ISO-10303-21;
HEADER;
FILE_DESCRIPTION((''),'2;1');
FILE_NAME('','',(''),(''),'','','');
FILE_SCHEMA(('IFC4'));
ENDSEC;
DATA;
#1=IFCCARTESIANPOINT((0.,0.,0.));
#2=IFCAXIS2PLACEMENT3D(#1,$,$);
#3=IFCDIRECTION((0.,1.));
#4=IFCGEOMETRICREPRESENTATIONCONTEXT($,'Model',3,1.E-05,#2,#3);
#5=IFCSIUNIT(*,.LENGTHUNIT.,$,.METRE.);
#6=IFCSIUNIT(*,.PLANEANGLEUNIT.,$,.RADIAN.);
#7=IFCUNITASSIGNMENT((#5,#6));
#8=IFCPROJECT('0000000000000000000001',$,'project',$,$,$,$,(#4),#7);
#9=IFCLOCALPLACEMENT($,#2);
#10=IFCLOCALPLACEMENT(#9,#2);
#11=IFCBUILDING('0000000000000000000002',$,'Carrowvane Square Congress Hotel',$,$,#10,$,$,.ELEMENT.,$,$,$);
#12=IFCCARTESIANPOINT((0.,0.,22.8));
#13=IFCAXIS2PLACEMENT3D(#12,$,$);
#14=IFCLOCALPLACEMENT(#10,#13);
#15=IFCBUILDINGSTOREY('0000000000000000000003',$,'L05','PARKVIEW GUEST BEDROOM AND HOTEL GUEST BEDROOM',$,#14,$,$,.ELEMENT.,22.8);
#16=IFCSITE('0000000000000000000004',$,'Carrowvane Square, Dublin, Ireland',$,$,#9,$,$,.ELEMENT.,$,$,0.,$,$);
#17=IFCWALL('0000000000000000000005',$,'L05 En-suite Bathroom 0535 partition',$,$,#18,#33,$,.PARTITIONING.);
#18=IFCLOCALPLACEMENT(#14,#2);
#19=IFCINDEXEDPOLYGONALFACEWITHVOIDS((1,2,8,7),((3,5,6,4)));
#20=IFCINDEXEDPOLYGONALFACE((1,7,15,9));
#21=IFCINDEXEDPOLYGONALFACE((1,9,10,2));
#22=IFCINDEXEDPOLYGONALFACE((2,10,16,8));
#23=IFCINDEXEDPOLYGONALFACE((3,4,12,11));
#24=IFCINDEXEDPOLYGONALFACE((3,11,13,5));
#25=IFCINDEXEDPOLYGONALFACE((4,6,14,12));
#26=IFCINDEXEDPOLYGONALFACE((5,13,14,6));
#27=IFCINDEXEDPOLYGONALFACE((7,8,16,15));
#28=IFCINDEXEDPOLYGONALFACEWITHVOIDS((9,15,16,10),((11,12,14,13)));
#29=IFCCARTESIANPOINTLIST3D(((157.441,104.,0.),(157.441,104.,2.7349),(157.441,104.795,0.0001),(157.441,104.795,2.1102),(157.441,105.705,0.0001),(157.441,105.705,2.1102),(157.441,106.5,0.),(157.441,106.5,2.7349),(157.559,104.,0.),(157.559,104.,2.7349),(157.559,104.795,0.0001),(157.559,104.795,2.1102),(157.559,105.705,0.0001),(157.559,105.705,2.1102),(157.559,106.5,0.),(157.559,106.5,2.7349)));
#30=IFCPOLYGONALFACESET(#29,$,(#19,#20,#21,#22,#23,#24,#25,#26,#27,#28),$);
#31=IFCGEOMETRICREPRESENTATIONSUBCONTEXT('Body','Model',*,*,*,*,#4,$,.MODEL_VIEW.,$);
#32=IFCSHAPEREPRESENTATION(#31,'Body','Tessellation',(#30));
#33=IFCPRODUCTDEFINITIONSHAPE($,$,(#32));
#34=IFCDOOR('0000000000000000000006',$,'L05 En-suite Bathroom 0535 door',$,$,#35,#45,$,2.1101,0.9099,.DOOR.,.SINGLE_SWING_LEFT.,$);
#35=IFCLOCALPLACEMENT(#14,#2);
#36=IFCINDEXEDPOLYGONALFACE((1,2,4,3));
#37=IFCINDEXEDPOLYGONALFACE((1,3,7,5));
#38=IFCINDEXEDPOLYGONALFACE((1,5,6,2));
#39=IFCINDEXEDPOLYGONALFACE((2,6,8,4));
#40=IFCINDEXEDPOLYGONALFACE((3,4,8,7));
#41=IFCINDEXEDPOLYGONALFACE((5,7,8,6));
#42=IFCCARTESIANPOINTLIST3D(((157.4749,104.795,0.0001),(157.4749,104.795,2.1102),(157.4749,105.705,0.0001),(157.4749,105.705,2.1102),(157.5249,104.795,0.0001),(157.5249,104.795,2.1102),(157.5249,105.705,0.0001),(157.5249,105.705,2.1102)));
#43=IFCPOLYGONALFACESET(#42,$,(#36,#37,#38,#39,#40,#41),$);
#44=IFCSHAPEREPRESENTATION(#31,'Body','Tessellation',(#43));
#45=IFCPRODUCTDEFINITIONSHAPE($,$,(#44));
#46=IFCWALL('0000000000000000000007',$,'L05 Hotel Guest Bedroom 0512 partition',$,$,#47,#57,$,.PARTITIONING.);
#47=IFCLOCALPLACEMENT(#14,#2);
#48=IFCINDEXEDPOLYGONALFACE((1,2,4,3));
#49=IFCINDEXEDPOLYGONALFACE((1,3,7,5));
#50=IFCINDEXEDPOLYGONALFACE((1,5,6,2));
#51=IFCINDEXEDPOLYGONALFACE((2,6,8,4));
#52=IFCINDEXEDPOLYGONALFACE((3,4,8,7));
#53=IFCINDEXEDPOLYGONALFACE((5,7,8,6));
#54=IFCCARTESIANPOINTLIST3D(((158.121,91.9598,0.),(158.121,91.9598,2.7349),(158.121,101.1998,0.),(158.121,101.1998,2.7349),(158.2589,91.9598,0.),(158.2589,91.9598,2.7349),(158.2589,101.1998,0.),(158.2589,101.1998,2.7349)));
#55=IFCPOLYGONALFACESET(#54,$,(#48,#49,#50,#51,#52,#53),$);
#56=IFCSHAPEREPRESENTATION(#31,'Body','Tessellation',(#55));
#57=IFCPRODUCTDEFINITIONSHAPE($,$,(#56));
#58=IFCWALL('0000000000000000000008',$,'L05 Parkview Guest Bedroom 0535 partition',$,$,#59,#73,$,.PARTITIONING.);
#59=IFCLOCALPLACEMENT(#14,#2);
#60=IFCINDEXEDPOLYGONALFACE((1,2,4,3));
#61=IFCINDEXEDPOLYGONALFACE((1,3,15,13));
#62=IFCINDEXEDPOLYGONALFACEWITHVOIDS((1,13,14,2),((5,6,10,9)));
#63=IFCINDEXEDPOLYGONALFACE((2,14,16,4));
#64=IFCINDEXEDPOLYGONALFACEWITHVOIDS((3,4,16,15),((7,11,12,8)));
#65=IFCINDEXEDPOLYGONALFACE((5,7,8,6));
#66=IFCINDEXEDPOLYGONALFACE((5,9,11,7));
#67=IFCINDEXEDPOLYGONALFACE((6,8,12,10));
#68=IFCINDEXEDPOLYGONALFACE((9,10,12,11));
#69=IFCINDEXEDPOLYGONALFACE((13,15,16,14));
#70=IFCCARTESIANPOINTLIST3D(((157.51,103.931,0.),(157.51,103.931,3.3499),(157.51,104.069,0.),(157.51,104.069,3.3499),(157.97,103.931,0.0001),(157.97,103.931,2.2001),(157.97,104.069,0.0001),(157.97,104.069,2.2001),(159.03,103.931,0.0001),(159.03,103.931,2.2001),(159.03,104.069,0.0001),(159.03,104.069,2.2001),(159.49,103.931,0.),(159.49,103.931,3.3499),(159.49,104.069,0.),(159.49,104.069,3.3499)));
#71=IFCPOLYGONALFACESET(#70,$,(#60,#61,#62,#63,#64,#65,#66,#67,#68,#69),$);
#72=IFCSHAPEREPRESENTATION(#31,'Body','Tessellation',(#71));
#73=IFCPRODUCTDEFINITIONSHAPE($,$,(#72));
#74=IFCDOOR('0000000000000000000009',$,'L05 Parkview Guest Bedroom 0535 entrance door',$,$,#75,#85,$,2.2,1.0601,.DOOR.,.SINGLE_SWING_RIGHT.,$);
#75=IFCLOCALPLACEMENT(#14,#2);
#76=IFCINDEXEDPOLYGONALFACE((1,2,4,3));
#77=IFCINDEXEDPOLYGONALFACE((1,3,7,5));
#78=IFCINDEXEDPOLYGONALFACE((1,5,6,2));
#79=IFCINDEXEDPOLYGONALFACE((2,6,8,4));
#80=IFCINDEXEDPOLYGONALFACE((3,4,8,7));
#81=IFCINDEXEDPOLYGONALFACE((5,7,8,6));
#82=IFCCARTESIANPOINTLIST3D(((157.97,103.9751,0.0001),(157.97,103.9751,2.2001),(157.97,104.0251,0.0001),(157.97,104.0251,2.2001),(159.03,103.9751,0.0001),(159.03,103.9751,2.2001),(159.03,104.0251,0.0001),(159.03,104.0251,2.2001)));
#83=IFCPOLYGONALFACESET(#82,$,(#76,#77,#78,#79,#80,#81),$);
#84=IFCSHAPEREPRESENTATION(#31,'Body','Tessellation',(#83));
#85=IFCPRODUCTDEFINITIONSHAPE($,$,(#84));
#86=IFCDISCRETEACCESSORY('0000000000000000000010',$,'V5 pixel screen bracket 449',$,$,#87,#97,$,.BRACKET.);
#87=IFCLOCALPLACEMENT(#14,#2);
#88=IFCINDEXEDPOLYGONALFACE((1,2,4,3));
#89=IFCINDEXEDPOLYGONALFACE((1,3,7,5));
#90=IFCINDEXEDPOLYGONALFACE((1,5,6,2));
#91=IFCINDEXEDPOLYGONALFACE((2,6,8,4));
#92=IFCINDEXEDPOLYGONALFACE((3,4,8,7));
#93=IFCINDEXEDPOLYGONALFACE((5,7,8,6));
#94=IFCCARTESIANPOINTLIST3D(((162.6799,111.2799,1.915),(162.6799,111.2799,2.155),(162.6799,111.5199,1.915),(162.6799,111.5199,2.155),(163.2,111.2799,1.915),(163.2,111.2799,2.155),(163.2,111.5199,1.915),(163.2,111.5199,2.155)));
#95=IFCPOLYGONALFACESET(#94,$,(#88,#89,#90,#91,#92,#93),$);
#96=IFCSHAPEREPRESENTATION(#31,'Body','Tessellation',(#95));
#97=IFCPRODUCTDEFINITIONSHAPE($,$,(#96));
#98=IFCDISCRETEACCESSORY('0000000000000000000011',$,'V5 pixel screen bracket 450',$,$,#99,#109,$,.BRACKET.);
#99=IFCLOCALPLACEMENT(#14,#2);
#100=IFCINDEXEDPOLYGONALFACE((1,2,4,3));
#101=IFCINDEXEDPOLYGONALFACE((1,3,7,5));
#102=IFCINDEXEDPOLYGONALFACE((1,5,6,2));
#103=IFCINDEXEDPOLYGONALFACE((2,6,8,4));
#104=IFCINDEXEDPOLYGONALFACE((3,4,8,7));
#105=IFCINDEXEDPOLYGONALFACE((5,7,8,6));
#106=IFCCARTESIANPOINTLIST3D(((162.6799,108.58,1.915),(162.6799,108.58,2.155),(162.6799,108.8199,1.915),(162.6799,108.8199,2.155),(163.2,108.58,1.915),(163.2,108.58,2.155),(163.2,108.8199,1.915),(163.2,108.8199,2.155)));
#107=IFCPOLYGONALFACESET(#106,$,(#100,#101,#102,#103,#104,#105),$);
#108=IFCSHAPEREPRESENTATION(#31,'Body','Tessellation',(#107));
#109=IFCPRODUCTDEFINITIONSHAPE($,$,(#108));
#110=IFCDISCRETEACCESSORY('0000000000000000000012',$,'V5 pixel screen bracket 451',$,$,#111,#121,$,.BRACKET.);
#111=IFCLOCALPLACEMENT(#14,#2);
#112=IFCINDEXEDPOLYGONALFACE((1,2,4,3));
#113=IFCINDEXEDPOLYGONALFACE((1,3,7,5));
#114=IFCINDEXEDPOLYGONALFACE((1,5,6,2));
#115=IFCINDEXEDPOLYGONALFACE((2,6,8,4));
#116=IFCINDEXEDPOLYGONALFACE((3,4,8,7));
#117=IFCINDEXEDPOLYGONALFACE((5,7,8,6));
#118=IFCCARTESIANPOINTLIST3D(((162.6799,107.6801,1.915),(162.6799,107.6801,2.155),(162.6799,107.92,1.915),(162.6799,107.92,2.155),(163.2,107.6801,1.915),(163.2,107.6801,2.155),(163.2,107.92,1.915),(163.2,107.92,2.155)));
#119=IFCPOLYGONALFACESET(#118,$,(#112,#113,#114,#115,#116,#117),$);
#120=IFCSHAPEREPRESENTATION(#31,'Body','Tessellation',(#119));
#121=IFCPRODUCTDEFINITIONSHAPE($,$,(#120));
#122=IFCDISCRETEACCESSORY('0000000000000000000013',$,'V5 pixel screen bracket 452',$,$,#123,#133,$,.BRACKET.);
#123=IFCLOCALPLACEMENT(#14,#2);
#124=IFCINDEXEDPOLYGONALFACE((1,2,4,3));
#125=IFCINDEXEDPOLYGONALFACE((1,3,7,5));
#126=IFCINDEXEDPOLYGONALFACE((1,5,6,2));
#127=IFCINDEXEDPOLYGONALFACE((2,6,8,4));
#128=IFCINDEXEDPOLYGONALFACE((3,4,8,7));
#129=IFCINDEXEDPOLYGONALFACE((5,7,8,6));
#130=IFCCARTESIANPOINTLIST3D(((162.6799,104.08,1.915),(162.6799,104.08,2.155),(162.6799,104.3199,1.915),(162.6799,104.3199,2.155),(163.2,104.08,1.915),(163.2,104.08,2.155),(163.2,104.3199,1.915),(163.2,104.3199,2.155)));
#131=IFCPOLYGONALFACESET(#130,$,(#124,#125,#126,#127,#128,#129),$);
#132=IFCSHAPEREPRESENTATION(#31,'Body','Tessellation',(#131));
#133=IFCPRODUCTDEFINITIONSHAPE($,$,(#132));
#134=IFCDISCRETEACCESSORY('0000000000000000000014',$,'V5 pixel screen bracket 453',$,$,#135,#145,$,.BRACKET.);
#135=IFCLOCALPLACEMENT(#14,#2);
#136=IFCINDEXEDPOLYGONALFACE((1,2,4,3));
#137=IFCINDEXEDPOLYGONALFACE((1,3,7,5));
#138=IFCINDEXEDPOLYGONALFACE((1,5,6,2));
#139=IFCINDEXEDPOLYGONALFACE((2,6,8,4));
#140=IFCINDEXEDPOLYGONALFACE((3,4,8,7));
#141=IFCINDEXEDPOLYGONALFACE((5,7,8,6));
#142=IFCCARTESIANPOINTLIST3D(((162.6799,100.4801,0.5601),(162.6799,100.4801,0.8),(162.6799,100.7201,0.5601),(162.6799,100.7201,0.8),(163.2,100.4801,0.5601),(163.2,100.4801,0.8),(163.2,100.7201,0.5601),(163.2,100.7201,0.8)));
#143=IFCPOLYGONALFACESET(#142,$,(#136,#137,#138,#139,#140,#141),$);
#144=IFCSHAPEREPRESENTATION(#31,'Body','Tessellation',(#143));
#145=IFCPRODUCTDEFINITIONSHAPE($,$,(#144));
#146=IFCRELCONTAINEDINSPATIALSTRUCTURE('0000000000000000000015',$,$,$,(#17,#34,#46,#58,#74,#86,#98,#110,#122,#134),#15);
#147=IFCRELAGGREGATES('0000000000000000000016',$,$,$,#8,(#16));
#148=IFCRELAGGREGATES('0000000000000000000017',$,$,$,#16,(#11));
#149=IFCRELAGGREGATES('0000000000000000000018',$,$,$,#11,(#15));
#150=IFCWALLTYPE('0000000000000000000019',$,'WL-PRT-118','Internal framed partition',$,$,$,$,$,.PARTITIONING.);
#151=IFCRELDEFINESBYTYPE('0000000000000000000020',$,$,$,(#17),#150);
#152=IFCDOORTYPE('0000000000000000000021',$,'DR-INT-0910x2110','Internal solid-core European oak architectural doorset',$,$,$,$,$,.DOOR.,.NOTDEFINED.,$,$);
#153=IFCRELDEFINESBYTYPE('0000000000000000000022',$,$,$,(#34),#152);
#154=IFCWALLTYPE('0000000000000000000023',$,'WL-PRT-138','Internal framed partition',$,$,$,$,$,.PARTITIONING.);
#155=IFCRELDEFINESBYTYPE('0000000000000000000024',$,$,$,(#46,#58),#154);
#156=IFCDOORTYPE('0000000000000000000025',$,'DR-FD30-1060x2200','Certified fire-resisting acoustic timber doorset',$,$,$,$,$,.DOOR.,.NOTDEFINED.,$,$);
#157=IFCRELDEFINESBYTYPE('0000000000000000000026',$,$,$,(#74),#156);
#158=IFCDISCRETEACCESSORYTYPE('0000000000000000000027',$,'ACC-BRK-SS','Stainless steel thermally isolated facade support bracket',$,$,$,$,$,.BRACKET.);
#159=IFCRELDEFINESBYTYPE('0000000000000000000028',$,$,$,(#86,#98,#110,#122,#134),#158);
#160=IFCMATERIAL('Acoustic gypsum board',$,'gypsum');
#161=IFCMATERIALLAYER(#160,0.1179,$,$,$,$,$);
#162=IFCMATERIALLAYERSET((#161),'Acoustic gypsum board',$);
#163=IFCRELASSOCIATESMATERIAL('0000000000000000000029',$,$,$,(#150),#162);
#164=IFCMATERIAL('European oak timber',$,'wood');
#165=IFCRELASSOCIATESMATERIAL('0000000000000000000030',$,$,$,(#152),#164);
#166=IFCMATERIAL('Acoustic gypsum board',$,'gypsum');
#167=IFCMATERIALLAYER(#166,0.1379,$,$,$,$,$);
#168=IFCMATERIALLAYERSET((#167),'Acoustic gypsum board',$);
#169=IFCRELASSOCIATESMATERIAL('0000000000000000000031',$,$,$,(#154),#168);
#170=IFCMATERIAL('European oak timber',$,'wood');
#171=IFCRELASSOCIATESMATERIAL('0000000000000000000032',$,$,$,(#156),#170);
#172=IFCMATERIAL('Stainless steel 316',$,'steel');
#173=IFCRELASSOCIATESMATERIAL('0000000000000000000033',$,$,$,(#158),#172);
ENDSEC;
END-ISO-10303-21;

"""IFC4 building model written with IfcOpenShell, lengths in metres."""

from ifc_helpers import new_model, si_unit, direction, frame, frame_2d, origin, origin_2d, place, context, subcontext, project, spatial, rectangle, extrude, material, layer, layer_set, type_object, element, fill, save


model = new_model("IFC4")

# Units and contexts
model_context = context("Model", 3, precision=1e-05, world=origin(), true_north=direction((0.0, 1.0)))
body_context = subcontext(model_context, "Body", "Model", "MODEL_VIEW")
ifc_project = project(units=[si_unit("LENGTHUNIT", "METRE"), si_unit("PLANEANGLEUNIT", "RADIAN")], contexts=[model_context])

# Site, building, storey
site_placement = place(None, origin())
site = spatial("IfcSite", under=ifc_project, at=site_placement, Name="Carrowvane Square, Dublin, Ireland", CompositionType="ELEMENT", RefElevation=0.0)
building_placement = place(site_placement, origin())
building = spatial("IfcBuilding", under=site, at=building_placement, Name="Carrowvane Square Congress Hotel", CompositionType="ELEMENT")
storey_placement = place(building_placement, frame((0.0, 0.0, 22.8)))
storey = spatial("IfcBuildingStorey", under=building, at=storey_placement, Name="L05", Description="PARKVIEW GUEST BEDROOM AND HOTEL GUEST BEDROOM", CompositionType="ELEMENT", Elevation=22.8)

# Wall, opening, door
ifc_material_1 = material(Name="Acoustic gypsum board", Category="gypsum")
ifc_layer_1 = layer(ifc_material_1, 0.1179)
ifc_layer_set_1 = layer_set([ifc_layer_1], Name="Acoustic gypsum board")
wall_type_1 = type_object("IfcWallType", Name="WL-PRT-118", Description="Internal framed partition", PredefinedType="PARTITIONING", material=ifc_layer_set_1)
wall_1_placement = place(storey_placement, frame((157.5, 106.5, 0.0), z_axis=(0.0, 0.0, 1.0), x_axis=(0.0, -1.0, 0.0)))
wall_1 = element("IfcWall", 1, at=wall_1_placement, inside=storey, type_object=wall_type_1, Name="L05 En-suite Bathroom 0535 partition", PredefinedType="PARTITIONING", context=body_context, shape_type="SweptSolid", body=[
    extrude(rectangle(XDim=2.5, YDim=0.1179, at=frame_2d((1.25, 0.0))), origin(), (0.0, 0.0, 1.0), 2.7349),
])
opening_1_placement = place(wall_1_placement, frame((0.7949, 0.0, 0.0)))
opening_1 = element("IfcOpeningElement", 2, at=opening_1_placement, cuts=wall_1, PredefinedType="OPENING", context=body_context, shape_type="SweptSolid", body=[
    extrude(rectangle(XDim=0.9099, YDim=2.1101, at=frame_2d((0.4551, 1.0552))), frame((0.0, 0.0688, 0.0), z_axis=(0.0, -1.0, 0.0), x_axis=(1.0, 0.0, 0.0)), (0.0, 0.0, 1.0), 0.1379),
])
ifc_material_2 = material(Name="European oak timber", Category="wood")
door_type_1 = type_object("IfcDoorType", Name="DR-INT-0910x2110", Description="Internal solid-core European oak architectural doorset", OperationType="NOTDEFINED", PredefinedType="DOOR", material=ifc_material_2)
door_1_placement = place(opening_1_placement, origin())
door_1 = element("IfcDoor", 3, at=door_1_placement, inside=storey, type_object=door_type_1, Name="L05 En-suite Bathroom 0535 door", OperationType="SINGLE_SWING_LEFT", OverallHeight=2.1101, OverallWidth=0.9099, PredefinedType="DOOR", context=body_context, shape_type="SweptSolid", body=[
    extrude(rectangle(XDim=0.9099, YDim=2.1101, at=frame_2d((0.4551, 1.0552))), frame((0.0, 0.0249, 0.0), z_axis=(0.0, -1.0, 0.0), x_axis=(1.0, 0.0, 0.0)), (0.0, 0.0, 1.0), 0.05),
])
fill(opening_1, door_1)

# Wall
ifc_material_3 = material(Name="Acoustic gypsum board", Category="gypsum")
ifc_layer_2 = layer(ifc_material_3, 0.1379)
ifc_layer_set_2 = layer_set([ifc_layer_2], Name="Acoustic gypsum board")
wall_type_2 = type_object("IfcWallType", Name="WL-PRT-138", Description="Internal framed partition", PredefinedType="PARTITIONING", material=ifc_layer_set_2)
wall_2_placement = place(storey_placement, frame((158.1899, 101.2, 0.0), z_axis=(0.0, 0.0, 1.0), x_axis=(0.0, -1.0, 0.0)))
element("IfcWall", 4, at=wall_2_placement, inside=storey, type_object=wall_type_2, Name="L05 Hotel Guest Bedroom 0512 partition", PredefinedType="PARTITIONING", context=body_context, shape_type="SweptSolid", body=[
    extrude(rectangle(XDim=9.24, YDim=0.1379, at=frame_2d((4.6201, 0.0))), origin(), (0.0, 0.0, 1.0), 2.7349),
])

# Wall, opening, door
wall_3_placement = place(storey_placement, frame((159.49, 104.0, 0.0), z_axis=(0.0, 0.0, 1.0), x_axis=(-1.0, 0.0, 0.0)))
wall_3 = element("IfcWall", 5, at=wall_3_placement, inside=storey, type_object=wall_type_2, Name="L05 Parkview Guest Bedroom 0535 partition", PredefinedType="PARTITIONING", context=body_context, shape_type="SweptSolid", body=[
    extrude(rectangle(XDim=1.98, YDim=0.1379, at=frame_2d((0.99, 0.0))), origin(), (0.0, 0.0, 1.0), 3.3499),
])
opening_2_placement = place(wall_3_placement, frame((0.46, 0.0, 0.0)))
opening_2 = element("IfcOpeningElement", 6, at=opening_2_placement, cuts=wall_3, PredefinedType="OPENING", context=body_context, shape_type="SweptSolid", body=[
    extrude(rectangle(XDim=1.0601, YDim=2.2, at=frame_2d((0.53, 1.1001))), frame((0.0, 0.0789, 0.0), z_axis=(0.0, -1.0, 0.0), x_axis=(1.0, 0.0, 0.0)), (0.0, 0.0, 1.0), 0.158),
])
ifc_material_4 = material(Name="European oak timber", Category="wood")
door_type_2 = type_object("IfcDoorType", Name="DR-FD30-1060x2200", Description="Certified fire-resisting acoustic timber doorset", OperationType="NOTDEFINED", PredefinedType="DOOR", material=ifc_material_4)
door_2_placement = place(opening_2_placement, origin())
door_2 = element("IfcDoor", 7, at=door_2_placement, inside=storey, type_object=door_type_2, Name="L05 Parkview Guest Bedroom 0535 entrance door", OperationType="SINGLE_SWING_RIGHT", OverallHeight=2.2, OverallWidth=1.0601, PredefinedType="DOOR", context=body_context, shape_type="SweptSolid", body=[
    extrude(rectangle(XDim=1.0601, YDim=2.2, at=frame_2d((0.53, 1.1001))), frame((0.0, 0.0249, 0.0), z_axis=(0.0, -1.0, 0.0), x_axis=(1.0, 0.0, 0.0)), (0.0, 0.0, 1.0), 0.05),
])
fill(opening_2, door_2)

# Discrete accessories
ifc_material_5 = material(Name="Stainless steel 316", Category="steel")
discrete_accessory_type = type_object("IfcDiscreteAccessoryType", Name="ACC-BRK-SS", Description="Stainless steel thermally isolated facade support bracket", PredefinedType="BRACKET", material=ifc_material_5)
for number, where, z_axis, x_axis, name in (
    (8, (162.9399, 111.3999, 1.915), (0.0, 0.0, 1.0), (0.0, -1.0, 0.0), "V5 pixel screen bracket 449"),
    (9, (162.9399, 108.7, 1.915), (0.0, 0.0, 1.0), (0.0, -1.0, 0.0), "V5 pixel screen bracket 450"),
    (10, (162.9399, 107.8, 1.915), (0.0, 0.0, 1.0), (0.0, -1.0, 0.0), "V5 pixel screen bracket 451"),
    (11, (162.9399, 104.2, 1.915), (0.0, 0.0, 1.0), (0.0, -1.0, 0.0), "V5 pixel screen bracket 452"),
    (12, (162.9399, 100.6001, 0.5601), (0.0, 0.0, 1.0), (0.0, -1.0, 0.0), "V5 pixel screen bracket 453"),
):
    element("IfcDiscreteAccessory", number, at=place(storey_placement, frame(where, z_axis=z_axis, x_axis=x_axis)), inside=storey, type_object=discrete_accessory_type, Name=name, PredefinedType="BRACKET", context=body_context, shape_type="SweptSolid", body=[
        extrude(rectangle(XDim=0.24, YDim=0.52, at=origin_2d()), origin(), (0.0, 0.0, 1.0), 0.24),
    ])

save(model, "model.ifc")
